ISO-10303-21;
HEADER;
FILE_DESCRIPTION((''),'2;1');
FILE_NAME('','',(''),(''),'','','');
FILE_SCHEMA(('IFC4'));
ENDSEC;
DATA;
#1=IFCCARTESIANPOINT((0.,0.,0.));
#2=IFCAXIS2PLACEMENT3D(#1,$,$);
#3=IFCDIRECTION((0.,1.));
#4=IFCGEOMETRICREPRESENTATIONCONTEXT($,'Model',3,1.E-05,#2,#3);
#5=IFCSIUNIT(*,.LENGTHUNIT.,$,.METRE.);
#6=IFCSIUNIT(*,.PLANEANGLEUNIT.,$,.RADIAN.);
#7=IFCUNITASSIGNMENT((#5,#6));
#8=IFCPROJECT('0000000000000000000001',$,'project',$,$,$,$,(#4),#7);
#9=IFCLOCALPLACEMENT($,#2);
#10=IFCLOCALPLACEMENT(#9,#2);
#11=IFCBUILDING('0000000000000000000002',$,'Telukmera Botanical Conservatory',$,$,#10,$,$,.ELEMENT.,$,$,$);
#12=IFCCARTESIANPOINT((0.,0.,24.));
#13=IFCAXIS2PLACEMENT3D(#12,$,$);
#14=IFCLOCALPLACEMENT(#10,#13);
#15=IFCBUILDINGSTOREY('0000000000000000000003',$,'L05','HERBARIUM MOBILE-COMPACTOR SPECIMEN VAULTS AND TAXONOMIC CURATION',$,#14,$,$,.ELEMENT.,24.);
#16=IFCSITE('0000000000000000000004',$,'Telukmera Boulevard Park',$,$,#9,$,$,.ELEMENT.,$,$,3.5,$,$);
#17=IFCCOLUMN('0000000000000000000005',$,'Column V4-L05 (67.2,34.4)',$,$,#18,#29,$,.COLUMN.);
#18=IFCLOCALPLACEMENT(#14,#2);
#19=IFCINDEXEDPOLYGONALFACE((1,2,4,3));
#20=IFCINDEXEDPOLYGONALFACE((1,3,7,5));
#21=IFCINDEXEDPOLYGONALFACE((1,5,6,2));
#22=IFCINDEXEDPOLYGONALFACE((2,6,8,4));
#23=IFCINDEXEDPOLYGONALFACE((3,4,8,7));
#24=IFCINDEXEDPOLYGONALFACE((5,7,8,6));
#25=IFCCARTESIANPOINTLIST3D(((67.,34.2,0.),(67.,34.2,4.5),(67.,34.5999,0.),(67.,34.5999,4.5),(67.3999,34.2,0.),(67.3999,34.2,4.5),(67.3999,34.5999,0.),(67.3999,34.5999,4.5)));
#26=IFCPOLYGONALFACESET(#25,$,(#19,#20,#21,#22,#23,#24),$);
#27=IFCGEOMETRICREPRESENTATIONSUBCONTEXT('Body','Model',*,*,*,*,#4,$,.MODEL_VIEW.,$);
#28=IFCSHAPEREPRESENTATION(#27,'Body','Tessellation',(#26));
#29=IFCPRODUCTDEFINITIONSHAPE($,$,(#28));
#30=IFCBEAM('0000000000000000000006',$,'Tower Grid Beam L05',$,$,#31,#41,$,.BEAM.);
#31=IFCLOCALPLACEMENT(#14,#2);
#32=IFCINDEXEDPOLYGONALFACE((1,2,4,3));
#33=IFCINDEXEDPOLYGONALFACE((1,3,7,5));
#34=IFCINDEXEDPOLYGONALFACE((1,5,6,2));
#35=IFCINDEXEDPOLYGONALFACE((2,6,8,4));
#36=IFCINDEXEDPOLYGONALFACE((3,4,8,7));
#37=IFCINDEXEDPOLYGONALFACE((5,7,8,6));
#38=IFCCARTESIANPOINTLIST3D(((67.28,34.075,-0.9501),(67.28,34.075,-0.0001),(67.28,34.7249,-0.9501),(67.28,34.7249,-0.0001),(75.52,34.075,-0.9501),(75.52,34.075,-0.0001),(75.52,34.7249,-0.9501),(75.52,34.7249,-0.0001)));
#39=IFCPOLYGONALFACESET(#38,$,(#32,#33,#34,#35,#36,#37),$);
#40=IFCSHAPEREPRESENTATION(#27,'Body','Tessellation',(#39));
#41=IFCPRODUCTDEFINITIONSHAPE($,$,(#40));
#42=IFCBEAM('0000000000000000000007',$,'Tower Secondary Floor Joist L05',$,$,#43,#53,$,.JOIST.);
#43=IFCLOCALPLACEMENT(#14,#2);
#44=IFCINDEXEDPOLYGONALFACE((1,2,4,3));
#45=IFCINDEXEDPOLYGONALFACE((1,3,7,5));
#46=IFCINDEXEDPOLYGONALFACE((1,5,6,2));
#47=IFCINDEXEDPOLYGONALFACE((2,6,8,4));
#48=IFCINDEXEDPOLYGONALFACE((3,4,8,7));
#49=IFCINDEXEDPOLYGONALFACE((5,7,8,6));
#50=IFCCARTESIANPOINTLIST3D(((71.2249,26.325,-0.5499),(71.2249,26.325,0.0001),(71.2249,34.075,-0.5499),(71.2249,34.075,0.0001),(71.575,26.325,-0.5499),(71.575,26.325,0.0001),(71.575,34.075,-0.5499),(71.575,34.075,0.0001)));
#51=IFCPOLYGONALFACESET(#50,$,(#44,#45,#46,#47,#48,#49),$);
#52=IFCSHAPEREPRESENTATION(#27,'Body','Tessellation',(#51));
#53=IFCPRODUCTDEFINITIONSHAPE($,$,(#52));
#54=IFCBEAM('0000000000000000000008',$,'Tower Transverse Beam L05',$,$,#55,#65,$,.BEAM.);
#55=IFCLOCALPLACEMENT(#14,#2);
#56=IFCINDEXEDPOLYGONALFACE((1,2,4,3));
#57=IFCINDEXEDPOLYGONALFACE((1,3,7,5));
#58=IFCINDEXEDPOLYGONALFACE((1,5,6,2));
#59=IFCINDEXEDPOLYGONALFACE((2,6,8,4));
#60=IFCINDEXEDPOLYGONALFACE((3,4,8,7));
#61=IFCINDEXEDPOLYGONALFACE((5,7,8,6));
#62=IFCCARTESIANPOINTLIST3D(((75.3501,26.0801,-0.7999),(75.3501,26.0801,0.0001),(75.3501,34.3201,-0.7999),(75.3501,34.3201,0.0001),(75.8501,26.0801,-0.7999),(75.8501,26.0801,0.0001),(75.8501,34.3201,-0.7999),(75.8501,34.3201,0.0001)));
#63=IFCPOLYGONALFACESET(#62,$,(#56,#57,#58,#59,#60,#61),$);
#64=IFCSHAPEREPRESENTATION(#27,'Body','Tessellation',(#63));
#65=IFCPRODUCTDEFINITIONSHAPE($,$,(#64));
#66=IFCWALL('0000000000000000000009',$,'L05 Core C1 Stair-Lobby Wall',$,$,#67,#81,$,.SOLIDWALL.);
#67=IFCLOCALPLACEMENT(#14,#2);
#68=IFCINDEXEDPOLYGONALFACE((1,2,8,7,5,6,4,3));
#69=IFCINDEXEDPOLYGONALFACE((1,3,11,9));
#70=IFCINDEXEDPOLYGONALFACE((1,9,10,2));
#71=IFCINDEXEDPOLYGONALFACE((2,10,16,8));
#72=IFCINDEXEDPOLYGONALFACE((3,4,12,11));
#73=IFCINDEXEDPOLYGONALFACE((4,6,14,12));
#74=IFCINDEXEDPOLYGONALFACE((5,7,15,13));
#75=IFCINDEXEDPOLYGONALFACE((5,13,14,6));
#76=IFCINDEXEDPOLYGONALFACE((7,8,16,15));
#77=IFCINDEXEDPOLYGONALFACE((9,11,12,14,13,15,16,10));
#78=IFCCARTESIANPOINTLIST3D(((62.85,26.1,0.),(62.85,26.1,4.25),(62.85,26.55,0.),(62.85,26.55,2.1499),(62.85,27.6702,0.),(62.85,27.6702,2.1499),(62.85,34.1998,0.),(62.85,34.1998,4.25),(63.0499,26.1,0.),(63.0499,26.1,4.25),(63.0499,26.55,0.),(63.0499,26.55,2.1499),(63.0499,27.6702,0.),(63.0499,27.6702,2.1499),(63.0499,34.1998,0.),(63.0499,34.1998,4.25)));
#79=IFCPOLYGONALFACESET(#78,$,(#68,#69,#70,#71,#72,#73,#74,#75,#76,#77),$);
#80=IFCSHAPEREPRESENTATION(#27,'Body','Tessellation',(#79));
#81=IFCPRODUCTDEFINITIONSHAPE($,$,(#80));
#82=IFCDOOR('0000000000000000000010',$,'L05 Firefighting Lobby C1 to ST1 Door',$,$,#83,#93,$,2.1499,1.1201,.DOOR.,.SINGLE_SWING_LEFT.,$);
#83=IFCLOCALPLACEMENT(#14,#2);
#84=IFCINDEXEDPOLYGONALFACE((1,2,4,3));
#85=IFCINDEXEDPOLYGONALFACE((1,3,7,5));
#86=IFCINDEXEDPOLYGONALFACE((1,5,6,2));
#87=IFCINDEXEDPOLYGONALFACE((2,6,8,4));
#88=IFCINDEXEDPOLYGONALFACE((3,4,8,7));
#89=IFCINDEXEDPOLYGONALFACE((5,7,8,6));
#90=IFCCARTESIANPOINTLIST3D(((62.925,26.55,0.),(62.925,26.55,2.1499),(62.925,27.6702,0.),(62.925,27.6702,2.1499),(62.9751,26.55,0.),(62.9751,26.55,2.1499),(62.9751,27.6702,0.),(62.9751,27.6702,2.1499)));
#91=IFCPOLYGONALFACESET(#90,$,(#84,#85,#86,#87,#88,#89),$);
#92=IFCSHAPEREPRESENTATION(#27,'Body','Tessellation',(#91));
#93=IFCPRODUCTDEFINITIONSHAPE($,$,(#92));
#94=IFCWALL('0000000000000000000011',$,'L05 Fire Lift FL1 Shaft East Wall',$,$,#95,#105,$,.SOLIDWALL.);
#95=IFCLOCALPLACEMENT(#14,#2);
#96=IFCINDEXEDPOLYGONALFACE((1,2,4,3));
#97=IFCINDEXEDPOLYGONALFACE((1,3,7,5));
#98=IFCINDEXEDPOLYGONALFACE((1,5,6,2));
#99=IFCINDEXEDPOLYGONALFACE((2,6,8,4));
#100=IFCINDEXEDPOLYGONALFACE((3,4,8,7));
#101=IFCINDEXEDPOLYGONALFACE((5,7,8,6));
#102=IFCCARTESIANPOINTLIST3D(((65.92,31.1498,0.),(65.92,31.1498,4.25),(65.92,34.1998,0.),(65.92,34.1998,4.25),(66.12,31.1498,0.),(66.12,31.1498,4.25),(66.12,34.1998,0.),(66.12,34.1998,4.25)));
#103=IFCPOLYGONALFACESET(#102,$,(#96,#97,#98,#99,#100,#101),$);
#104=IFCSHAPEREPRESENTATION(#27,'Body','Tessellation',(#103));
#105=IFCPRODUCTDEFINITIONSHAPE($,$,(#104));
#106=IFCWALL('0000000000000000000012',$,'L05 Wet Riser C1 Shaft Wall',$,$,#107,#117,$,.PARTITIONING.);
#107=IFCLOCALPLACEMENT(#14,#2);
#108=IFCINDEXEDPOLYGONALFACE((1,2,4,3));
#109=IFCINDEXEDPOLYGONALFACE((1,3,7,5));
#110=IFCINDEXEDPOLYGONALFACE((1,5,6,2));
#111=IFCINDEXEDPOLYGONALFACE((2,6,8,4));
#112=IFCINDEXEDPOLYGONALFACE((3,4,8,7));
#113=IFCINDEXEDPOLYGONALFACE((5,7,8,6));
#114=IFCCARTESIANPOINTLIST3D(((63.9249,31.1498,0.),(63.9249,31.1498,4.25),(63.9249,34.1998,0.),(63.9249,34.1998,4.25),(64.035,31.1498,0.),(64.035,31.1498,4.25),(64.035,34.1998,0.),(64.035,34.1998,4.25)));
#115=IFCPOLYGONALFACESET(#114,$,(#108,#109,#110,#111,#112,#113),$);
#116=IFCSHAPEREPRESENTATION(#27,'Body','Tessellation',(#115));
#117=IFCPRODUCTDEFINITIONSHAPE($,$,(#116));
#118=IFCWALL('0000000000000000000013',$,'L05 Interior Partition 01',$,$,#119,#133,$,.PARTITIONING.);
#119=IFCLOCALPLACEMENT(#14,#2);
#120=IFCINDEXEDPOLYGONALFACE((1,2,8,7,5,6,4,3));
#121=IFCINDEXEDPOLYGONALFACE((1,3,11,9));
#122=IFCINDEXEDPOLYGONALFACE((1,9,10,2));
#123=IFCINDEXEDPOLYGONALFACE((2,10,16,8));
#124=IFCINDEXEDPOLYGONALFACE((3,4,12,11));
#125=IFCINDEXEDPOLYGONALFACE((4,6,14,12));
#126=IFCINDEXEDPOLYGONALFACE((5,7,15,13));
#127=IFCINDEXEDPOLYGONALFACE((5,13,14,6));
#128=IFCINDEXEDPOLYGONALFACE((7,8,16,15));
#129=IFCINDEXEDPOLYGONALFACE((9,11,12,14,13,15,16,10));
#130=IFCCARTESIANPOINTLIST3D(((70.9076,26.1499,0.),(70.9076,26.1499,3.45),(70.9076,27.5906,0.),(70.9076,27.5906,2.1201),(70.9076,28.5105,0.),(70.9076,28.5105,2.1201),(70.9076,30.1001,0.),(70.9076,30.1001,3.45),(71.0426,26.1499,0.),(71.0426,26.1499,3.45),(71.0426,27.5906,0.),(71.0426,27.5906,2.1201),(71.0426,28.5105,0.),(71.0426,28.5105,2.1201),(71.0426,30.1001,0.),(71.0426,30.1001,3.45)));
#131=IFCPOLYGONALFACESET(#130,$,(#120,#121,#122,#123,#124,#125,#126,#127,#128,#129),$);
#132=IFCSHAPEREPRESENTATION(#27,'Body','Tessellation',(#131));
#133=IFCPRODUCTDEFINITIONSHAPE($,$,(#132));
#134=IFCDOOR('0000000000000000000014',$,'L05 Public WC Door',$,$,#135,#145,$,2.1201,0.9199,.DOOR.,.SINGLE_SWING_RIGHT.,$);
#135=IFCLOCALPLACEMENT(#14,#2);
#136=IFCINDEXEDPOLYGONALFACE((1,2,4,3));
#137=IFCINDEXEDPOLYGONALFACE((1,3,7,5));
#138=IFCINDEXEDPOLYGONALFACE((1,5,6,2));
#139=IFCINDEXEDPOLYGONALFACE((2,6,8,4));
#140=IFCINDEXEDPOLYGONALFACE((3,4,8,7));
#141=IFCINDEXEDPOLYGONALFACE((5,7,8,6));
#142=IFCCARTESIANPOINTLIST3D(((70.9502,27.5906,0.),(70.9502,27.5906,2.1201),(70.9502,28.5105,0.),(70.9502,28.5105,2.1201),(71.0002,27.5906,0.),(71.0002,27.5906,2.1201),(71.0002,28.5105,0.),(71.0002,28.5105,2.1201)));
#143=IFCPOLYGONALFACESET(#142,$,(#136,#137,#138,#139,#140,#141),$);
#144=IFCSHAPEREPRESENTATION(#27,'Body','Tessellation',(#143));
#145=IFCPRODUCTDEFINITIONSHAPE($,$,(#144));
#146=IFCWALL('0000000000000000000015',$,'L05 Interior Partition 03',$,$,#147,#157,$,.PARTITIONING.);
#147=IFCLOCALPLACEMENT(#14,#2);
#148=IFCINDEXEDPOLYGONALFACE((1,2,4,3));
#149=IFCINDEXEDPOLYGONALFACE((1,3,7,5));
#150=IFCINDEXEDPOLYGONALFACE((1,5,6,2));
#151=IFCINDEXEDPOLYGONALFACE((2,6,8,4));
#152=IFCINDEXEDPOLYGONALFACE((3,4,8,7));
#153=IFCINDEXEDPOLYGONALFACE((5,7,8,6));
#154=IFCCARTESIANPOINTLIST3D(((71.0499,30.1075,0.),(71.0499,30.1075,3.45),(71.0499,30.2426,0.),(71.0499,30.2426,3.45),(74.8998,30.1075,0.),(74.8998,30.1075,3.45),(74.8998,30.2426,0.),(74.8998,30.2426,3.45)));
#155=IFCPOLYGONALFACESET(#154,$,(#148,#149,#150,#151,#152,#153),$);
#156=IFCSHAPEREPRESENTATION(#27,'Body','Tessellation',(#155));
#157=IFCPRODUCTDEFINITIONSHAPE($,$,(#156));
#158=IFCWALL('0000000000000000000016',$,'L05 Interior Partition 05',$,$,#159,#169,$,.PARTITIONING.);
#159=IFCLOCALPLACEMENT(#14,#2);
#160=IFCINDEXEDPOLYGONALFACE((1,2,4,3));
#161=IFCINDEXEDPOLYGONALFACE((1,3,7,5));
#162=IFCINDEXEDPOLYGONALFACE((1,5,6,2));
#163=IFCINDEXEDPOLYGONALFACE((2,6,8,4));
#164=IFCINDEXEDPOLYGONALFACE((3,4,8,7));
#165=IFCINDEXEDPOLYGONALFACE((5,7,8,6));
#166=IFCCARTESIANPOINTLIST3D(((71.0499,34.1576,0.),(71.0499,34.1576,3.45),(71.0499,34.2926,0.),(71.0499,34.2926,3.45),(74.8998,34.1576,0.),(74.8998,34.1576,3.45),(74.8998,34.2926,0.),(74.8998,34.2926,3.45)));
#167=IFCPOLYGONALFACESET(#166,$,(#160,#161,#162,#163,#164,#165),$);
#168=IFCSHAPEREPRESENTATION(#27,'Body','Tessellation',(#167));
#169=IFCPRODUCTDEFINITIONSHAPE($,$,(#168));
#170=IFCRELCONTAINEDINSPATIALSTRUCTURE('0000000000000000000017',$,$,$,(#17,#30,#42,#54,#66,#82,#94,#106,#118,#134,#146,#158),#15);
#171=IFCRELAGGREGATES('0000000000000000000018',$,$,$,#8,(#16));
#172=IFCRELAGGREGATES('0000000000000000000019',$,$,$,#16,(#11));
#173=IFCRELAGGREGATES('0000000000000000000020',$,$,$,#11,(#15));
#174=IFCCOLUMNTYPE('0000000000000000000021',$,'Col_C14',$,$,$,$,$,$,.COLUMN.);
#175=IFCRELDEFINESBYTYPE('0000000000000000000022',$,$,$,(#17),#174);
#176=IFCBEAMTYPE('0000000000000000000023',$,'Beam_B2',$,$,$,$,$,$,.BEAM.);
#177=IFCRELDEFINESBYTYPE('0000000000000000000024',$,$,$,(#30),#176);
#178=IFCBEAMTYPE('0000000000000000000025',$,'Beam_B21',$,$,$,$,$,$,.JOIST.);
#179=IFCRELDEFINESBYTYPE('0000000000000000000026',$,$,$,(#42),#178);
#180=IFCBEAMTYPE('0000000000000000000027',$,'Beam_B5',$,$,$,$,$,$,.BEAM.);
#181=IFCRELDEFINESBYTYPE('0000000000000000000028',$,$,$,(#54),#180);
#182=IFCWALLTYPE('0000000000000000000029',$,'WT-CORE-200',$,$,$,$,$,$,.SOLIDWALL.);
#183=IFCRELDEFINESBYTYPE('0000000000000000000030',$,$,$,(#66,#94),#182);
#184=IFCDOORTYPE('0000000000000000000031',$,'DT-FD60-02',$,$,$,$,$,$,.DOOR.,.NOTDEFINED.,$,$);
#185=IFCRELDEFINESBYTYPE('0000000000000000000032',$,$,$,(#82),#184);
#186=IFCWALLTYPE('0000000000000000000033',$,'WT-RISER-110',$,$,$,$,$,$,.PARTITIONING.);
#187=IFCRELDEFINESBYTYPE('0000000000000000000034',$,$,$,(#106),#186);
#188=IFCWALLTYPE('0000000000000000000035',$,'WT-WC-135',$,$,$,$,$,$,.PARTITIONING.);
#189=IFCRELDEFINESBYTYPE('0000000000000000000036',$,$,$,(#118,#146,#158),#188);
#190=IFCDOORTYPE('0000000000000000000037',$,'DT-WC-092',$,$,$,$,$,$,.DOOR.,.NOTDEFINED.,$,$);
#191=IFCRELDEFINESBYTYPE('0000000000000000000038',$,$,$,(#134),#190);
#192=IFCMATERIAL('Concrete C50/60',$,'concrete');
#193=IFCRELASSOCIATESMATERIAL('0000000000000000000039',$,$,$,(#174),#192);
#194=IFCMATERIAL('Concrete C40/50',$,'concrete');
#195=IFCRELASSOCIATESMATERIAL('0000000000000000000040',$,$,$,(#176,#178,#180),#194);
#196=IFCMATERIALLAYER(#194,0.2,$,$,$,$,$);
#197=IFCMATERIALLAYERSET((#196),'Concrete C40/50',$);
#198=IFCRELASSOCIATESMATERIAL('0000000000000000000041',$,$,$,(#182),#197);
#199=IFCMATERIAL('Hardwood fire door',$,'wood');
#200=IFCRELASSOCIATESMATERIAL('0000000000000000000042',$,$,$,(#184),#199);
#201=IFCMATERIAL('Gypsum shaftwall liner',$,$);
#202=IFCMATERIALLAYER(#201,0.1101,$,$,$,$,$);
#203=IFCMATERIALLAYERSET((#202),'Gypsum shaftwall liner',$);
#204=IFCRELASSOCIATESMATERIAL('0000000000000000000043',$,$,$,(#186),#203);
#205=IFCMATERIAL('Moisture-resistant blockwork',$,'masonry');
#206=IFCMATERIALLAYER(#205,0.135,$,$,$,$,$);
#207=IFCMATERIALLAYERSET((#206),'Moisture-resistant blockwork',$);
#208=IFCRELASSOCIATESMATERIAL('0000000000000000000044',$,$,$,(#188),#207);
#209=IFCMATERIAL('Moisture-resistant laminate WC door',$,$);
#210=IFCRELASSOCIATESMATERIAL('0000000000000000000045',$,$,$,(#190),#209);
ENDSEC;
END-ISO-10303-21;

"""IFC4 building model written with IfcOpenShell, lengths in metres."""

from ifc_helpers import new_model, si_unit, direction, frame, frame_2d, origin, origin_2d, place, context, subcontext, project, spatial, rectangle, extrude, material, layer, layer_set, material_profile, profile_set, type_object, element, fill, save


model = new_model("IFC4")

# Units and contexts
model_context = context("Model", 3, precision=1e-05, world=origin(), true_north=direction((0.0, 1.0)))
body_context = subcontext(model_context, "Body", "Model", "MODEL_VIEW")
ifc_project = project(units=[si_unit("LENGTHUNIT", "METRE"), si_unit("PLANEANGLEUNIT", "RADIAN")], contexts=[model_context])

# Site, building, storey
site_placement = place(None, origin())
site = spatial("IfcSite", under=ifc_project, at=site_placement, Name="Telukmera Boulevard Park", CompositionType="ELEMENT", RefElevation=3.5)
building_placement = place(site_placement, origin())
building = spatial("IfcBuilding", under=site, at=building_placement, Name="Telukmera Botanical Conservatory", CompositionType="ELEMENT")
storey_placement = place(building_placement, frame((0.0, 0.0, 24.0)))
storey = spatial("IfcBuildingStorey", under=building, at=storey_placement, Name="L05", Description="HERBARIUM MOBILE-COMPACTOR SPECIMEN VAULTS AND TAXONOMIC CURATION", CompositionType="ELEMENT", Elevation=24.0)

# Column
ifc_material_1 = material(Name="Concrete C50/60", Category="concrete")
ifc_material_profile_1 = material_profile(ifc_material_1, rectangle(XDim=0.3999, YDim=0.3999, at=origin_2d()), Name="RC 400x400")
ifc_profile_set_1 = profile_set([ifc_material_profile_1], Name="Concrete C50/60")
column_type = type_object("IfcColumnType", Name="Col_C14", PredefinedType="COLUMN", material=ifc_profile_set_1)
column_placement = place(storey_placement, frame((67.2, 34.3999, 0.0), z_axis=(0.0, 0.0, 1.0), x_axis=(1.0, 0.0, 0.0)))
element("IfcColumn", 1, at=column_placement, inside=storey, type_object=column_type, Name="Column V4-L05 (67.2,34.4)", PredefinedType="COLUMN", context=body_context, shape_type="SweptSolid", body=[
    extrude(rectangle(XDim=0.3999, YDim=0.3999, at=origin_2d()), origin(), (0.0, 0.0, 1.0), 4.5),
])

# Beams
ifc_material_2 = material(Name="Concrete C40/50", Category="concrete")
ifc_material_profile_2 = material_profile(ifc_material_2, rectangle(XDim=0.6499, YDim=0.95, at=origin_2d()), Name="RC 650x950")
ifc_profile_set_2 = profile_set([ifc_material_profile_2], Name="Concrete C40/50")
beam_type_1 = type_object("IfcBeamType", Name="Beam_B2", PredefinedType="BEAM", material=ifc_profile_set_2)
beam_1_placement = place(storey_placement, frame((67.28, 34.3999, -0.4751), z_axis=(1.0, 0.0, 0.0), x_axis=(0.0, 1.0, 0.0)))
element("IfcBeam", 2, at=beam_1_placement, inside=storey, type_object=beam_type_1, Name="Tower Grid Beam L05", PredefinedType="BEAM", context=body_context, shape_type="SweptSolid", body=[
    extrude(rectangle(XDim=0.6499, YDim=0.95, at=origin_2d()), origin(), (0.0, 0.0, 1.0), 8.24),
])
ifc_material_profile_3 = material_profile(ifc_material_2, rectangle(XDim=0.3501, YDim=0.55, at=origin_2d()), Name="RC 350x550")
ifc_profile_set_3 = profile_set([ifc_material_profile_3], Name="Concrete C40/50")
beam_type_2 = type_object("IfcBeamType", Name="Beam_B21", PredefinedType="JOIST", material=ifc_profile_set_3)
beam_2_placement = place(storey_placement, frame((71.3999, 26.325, -0.2749), z_axis=(0.0, 1.0, 0.0), x_axis=(-1.0, 0.0, 0.0)))
element("IfcBeam", 3, at=beam_2_placement, inside=storey, type_object=beam_type_2, Name="Tower Secondary Floor Joist L05", PredefinedType="JOIST", context=body_context, shape_type="SweptSolid", body=[
    extrude(rectangle(XDim=0.3501, YDim=0.55, at=origin_2d()), origin(), (0.0, 0.0, 1.0), 7.75),
])
ifc_material_profile_4 = material_profile(ifc_material_2, rectangle(XDim=0.5, YDim=0.8, at=origin_2d()), Name="RC 500x800")
ifc_profile_set_4 = profile_set([ifc_material_profile_4], Name="Concrete C40/50")
beam_type_3 = type_object("IfcBeamType", Name="Beam_B5", PredefinedType="BEAM", material=ifc_profile_set_4)
beam_3_placement = place(storey_placement, frame((75.6001, 26.0801, -0.3999), z_axis=(0.0, 1.0, 0.0), x_axis=(-1.0, 0.0, 0.0)))
element("IfcBeam", 4, at=beam_3_placement, inside=storey, type_object=beam_type_3, Name="Tower Transverse Beam L05", PredefinedType="BEAM", context=body_context, shape_type="SweptSolid", body=[
    extrude(rectangle(XDim=0.5, YDim=0.8, at=origin_2d()), origin(), (0.0, 0.0, 1.0), 8.24),
])

# Wall, opening, door
ifc_layer_1 = layer(ifc_material_2, 0.2)
ifc_layer_set_1 = layer_set([ifc_layer_1], Name="Concrete C40/50")
wall_type_1 = type_object("IfcWallType", Name="WT-CORE-200", PredefinedType="SOLIDWALL", material=ifc_layer_set_1)
wall_1_placement = place(storey_placement, frame((62.95, 26.1001, 0.0), z_axis=(0.0, 0.0, 1.0), x_axis=(0.0, 1.0, 0.0)))
wall_1 = element("IfcWall", 5, at=wall_1_placement, inside=storey, type_object=wall_type_1, Name="L05 Core C1 Stair-Lobby Wall", PredefinedType="SOLIDWALL", context=body_context, shape_type="SweptSolid", body=[
    extrude(rectangle(XDim=8.0999, YDim=0.2, at=frame_2d((4.0498, 0.0))), origin(), (0.0, 0.0, 1.0), 4.25),
])
opening_1_placement = place(wall_1_placement, frame((0.45, 0.0, 0.0)))
opening_1 = element("IfcOpeningElement", 6, at=opening_1_placement, cuts=wall_1, PredefinedType="OPENING", context=body_context, shape_type="SweptSolid", body=[
    extrude(rectangle(XDim=1.1201, YDim=2.1499, at=frame_2d((0.5601, 1.075))), frame((0.0, 0.1099, 0.0), z_axis=(0.0, -1.0, 0.0), x_axis=(1.0, 0.0, 0.0)), (0.0, 0.0, 1.0), 0.22),
])
ifc_material_3 = material(Name="Hardwood fire door", Category="wood")
door_type_1 = type_object("IfcDoorType", Name="DT-FD60-02", OperationType="NOTDEFINED", PredefinedType="DOOR", material=ifc_material_3)
door_1_placement = place(opening_1_placement, origin())
door_1 = element("IfcDoor", 7, at=door_1_placement, inside=storey, type_object=door_type_1, Name="L05 Firefighting Lobby C1 to ST1 Door", OperationType="SINGLE_SWING_LEFT", OverallHeight=2.1499, OverallWidth=1.1201, PredefinedType="DOOR", context=body_context, shape_type="SweptSolid", body=[
    extrude(rectangle(XDim=1.1201, YDim=2.1499, at=frame_2d((0.5601, 1.075))), frame((0.0, 0.0249, 0.0), z_axis=(0.0, -1.0, 0.0), x_axis=(1.0, 0.0, 0.0)), (0.0, 0.0, 1.0), 0.05),
])
fill(opening_1, door_1)

# Walls
wall_2_placement = place(storey_placement, frame((66.02, 31.1499, 0.0), z_axis=(0.0, 0.0, 1.0), x_axis=(0.0, 1.0, 0.0)))
element("IfcWall", 8, at=wall_2_placement, inside=storey, type_object=wall_type_1, Name="L05 Fire Lift FL1 Shaft East Wall", PredefinedType="SOLIDWALL", context=body_context, shape_type="SweptSolid", body=[
    extrude(rectangle(XDim=3.05, YDim=0.2, at=frame_2d((1.5249, 0.0))), origin(), (0.0, 0.0, 1.0), 4.25),
])
ifc_material_4 = material(Name="Gypsum shaftwall liner")
ifc_layer_2 = layer(ifc_material_4, 0.1101)
ifc_layer_set_2 = layer_set([ifc_layer_2], Name="Gypsum shaftwall liner")
wall_type_2 = type_object("IfcWallType", Name="WT-RISER-110", PredefinedType="PARTITIONING", material=ifc_layer_set_2)
wall_3_placement = place(storey_placement, frame((63.98, 31.1499, 0.0), z_axis=(0.0, 0.0, 1.0), x_axis=(0.0, 1.0, 0.0)))
element("IfcWall", 9, at=wall_3_placement, inside=storey, type_object=wall_type_2, Name="L05 Wet Riser C1 Shaft Wall", PredefinedType="PARTITIONING", context=body_context, shape_type="SweptSolid", body=[
    extrude(rectangle(XDim=3.05, YDim=0.1101, at=frame_2d((1.5249, 0.0))), origin(), (0.0, 0.0, 1.0), 4.25),
])

# Wall, opening, door
ifc_material_5 = material(Name="Moisture-resistant blockwork", Category="masonry")
ifc_layer_3 = layer(ifc_material_5, 0.135)
ifc_layer_set_3 = layer_set([ifc_layer_3], Name="Moisture-resistant blockwork")
wall_type_3 = type_object("IfcWallType", Name="WT-WC-135", PredefinedType="PARTITIONING", material=ifc_layer_set_3)
wall_4_placement = place(storey_placement, frame((70.9751, 26.1499, 0.0), z_axis=(0.0, 0.0, 1.0), x_axis=(0.0, 1.0, 0.0)))
wall_4 = element("IfcWall", 10, at=wall_4_placement, inside=storey, type_object=wall_type_3, Name="L05 Interior Partition 01", PredefinedType="PARTITIONING", context=body_context, shape_type="SweptSolid", body=[
    extrude(rectangle(XDim=3.9502, YDim=0.135, at=frame_2d((1.9751, 0.0))), origin(), (0.0, 0.0, 1.0), 3.45),
])
opening_2_placement = place(wall_4_placement, frame((1.4407, 0.0, 0.0)))
opening_2 = element("IfcOpeningElement", 11, at=opening_2_placement, cuts=wall_4, PredefinedType="OPENING", context=body_context, shape_type="SweptSolid", body=[
    extrude(rectangle(XDim=0.9199, YDim=2.1201, at=frame_2d((0.46, 1.0601))), frame((0.0, 0.0774, 0.0), z_axis=(0.0, -1.0, 0.0), x_axis=(1.0, 0.0, 0.0)), (0.0, 0.0, 1.0), 0.155),
])
ifc_material_6 = material(Name="Moisture-resistant laminate WC door")
door_type_2 = type_object("IfcDoorType", Name="DT-WC-092", OperationType="NOTDEFINED", PredefinedType="DOOR", material=ifc_material_6)
door_2_placement = place(opening_2_placement, origin())
door_2 = element("IfcDoor", 12, at=door_2_placement, inside=storey, type_object=door_type_2, Name="L05 Public WC Door", OperationType="SINGLE_SWING_RIGHT", OverallHeight=2.1201, OverallWidth=0.9199, PredefinedType="DOOR", context=body_context, shape_type="SweptSolid", body=[
    extrude(rectangle(XDim=0.9199, YDim=2.1201, at=frame_2d((0.46, 1.0601))), frame((0.0, 0.0249, 0.0), z_axis=(0.0, -1.0, 0.0), x_axis=(1.0, 0.0, 0.0)), (0.0, 0.0, 1.0), 0.05),
])
fill(opening_2, door_2)

# Walls
for number, where, z_axis, x_axis, name in (
    (13, (71.05, 30.175, 0.0), (0.0, 0.0, 1.0), (1.0, 0.0, 0.0), "L05 Interior Partition 03"),
    (14, (71.05, 34.2251, 0.0), (0.0, 0.0, 1.0), (1.0, 0.0, 0.0), "L05 Interior Partition 05"),
):
    element("IfcWall", number, at=place(storey_placement, frame(where, z_axis=z_axis, x_axis=x_axis)), inside=storey, type_object=wall_type_3, Name=name, PredefinedType="PARTITIONING", context=body_context, shape_type="SweptSolid", body=[
        extrude(rectangle(XDim=3.8499, YDim=0.135, at=frame_2d((1.9248, 0.0))), origin(), (0.0, 0.0, 1.0), 3.45),
    ])

save(model, "model.ifc")
